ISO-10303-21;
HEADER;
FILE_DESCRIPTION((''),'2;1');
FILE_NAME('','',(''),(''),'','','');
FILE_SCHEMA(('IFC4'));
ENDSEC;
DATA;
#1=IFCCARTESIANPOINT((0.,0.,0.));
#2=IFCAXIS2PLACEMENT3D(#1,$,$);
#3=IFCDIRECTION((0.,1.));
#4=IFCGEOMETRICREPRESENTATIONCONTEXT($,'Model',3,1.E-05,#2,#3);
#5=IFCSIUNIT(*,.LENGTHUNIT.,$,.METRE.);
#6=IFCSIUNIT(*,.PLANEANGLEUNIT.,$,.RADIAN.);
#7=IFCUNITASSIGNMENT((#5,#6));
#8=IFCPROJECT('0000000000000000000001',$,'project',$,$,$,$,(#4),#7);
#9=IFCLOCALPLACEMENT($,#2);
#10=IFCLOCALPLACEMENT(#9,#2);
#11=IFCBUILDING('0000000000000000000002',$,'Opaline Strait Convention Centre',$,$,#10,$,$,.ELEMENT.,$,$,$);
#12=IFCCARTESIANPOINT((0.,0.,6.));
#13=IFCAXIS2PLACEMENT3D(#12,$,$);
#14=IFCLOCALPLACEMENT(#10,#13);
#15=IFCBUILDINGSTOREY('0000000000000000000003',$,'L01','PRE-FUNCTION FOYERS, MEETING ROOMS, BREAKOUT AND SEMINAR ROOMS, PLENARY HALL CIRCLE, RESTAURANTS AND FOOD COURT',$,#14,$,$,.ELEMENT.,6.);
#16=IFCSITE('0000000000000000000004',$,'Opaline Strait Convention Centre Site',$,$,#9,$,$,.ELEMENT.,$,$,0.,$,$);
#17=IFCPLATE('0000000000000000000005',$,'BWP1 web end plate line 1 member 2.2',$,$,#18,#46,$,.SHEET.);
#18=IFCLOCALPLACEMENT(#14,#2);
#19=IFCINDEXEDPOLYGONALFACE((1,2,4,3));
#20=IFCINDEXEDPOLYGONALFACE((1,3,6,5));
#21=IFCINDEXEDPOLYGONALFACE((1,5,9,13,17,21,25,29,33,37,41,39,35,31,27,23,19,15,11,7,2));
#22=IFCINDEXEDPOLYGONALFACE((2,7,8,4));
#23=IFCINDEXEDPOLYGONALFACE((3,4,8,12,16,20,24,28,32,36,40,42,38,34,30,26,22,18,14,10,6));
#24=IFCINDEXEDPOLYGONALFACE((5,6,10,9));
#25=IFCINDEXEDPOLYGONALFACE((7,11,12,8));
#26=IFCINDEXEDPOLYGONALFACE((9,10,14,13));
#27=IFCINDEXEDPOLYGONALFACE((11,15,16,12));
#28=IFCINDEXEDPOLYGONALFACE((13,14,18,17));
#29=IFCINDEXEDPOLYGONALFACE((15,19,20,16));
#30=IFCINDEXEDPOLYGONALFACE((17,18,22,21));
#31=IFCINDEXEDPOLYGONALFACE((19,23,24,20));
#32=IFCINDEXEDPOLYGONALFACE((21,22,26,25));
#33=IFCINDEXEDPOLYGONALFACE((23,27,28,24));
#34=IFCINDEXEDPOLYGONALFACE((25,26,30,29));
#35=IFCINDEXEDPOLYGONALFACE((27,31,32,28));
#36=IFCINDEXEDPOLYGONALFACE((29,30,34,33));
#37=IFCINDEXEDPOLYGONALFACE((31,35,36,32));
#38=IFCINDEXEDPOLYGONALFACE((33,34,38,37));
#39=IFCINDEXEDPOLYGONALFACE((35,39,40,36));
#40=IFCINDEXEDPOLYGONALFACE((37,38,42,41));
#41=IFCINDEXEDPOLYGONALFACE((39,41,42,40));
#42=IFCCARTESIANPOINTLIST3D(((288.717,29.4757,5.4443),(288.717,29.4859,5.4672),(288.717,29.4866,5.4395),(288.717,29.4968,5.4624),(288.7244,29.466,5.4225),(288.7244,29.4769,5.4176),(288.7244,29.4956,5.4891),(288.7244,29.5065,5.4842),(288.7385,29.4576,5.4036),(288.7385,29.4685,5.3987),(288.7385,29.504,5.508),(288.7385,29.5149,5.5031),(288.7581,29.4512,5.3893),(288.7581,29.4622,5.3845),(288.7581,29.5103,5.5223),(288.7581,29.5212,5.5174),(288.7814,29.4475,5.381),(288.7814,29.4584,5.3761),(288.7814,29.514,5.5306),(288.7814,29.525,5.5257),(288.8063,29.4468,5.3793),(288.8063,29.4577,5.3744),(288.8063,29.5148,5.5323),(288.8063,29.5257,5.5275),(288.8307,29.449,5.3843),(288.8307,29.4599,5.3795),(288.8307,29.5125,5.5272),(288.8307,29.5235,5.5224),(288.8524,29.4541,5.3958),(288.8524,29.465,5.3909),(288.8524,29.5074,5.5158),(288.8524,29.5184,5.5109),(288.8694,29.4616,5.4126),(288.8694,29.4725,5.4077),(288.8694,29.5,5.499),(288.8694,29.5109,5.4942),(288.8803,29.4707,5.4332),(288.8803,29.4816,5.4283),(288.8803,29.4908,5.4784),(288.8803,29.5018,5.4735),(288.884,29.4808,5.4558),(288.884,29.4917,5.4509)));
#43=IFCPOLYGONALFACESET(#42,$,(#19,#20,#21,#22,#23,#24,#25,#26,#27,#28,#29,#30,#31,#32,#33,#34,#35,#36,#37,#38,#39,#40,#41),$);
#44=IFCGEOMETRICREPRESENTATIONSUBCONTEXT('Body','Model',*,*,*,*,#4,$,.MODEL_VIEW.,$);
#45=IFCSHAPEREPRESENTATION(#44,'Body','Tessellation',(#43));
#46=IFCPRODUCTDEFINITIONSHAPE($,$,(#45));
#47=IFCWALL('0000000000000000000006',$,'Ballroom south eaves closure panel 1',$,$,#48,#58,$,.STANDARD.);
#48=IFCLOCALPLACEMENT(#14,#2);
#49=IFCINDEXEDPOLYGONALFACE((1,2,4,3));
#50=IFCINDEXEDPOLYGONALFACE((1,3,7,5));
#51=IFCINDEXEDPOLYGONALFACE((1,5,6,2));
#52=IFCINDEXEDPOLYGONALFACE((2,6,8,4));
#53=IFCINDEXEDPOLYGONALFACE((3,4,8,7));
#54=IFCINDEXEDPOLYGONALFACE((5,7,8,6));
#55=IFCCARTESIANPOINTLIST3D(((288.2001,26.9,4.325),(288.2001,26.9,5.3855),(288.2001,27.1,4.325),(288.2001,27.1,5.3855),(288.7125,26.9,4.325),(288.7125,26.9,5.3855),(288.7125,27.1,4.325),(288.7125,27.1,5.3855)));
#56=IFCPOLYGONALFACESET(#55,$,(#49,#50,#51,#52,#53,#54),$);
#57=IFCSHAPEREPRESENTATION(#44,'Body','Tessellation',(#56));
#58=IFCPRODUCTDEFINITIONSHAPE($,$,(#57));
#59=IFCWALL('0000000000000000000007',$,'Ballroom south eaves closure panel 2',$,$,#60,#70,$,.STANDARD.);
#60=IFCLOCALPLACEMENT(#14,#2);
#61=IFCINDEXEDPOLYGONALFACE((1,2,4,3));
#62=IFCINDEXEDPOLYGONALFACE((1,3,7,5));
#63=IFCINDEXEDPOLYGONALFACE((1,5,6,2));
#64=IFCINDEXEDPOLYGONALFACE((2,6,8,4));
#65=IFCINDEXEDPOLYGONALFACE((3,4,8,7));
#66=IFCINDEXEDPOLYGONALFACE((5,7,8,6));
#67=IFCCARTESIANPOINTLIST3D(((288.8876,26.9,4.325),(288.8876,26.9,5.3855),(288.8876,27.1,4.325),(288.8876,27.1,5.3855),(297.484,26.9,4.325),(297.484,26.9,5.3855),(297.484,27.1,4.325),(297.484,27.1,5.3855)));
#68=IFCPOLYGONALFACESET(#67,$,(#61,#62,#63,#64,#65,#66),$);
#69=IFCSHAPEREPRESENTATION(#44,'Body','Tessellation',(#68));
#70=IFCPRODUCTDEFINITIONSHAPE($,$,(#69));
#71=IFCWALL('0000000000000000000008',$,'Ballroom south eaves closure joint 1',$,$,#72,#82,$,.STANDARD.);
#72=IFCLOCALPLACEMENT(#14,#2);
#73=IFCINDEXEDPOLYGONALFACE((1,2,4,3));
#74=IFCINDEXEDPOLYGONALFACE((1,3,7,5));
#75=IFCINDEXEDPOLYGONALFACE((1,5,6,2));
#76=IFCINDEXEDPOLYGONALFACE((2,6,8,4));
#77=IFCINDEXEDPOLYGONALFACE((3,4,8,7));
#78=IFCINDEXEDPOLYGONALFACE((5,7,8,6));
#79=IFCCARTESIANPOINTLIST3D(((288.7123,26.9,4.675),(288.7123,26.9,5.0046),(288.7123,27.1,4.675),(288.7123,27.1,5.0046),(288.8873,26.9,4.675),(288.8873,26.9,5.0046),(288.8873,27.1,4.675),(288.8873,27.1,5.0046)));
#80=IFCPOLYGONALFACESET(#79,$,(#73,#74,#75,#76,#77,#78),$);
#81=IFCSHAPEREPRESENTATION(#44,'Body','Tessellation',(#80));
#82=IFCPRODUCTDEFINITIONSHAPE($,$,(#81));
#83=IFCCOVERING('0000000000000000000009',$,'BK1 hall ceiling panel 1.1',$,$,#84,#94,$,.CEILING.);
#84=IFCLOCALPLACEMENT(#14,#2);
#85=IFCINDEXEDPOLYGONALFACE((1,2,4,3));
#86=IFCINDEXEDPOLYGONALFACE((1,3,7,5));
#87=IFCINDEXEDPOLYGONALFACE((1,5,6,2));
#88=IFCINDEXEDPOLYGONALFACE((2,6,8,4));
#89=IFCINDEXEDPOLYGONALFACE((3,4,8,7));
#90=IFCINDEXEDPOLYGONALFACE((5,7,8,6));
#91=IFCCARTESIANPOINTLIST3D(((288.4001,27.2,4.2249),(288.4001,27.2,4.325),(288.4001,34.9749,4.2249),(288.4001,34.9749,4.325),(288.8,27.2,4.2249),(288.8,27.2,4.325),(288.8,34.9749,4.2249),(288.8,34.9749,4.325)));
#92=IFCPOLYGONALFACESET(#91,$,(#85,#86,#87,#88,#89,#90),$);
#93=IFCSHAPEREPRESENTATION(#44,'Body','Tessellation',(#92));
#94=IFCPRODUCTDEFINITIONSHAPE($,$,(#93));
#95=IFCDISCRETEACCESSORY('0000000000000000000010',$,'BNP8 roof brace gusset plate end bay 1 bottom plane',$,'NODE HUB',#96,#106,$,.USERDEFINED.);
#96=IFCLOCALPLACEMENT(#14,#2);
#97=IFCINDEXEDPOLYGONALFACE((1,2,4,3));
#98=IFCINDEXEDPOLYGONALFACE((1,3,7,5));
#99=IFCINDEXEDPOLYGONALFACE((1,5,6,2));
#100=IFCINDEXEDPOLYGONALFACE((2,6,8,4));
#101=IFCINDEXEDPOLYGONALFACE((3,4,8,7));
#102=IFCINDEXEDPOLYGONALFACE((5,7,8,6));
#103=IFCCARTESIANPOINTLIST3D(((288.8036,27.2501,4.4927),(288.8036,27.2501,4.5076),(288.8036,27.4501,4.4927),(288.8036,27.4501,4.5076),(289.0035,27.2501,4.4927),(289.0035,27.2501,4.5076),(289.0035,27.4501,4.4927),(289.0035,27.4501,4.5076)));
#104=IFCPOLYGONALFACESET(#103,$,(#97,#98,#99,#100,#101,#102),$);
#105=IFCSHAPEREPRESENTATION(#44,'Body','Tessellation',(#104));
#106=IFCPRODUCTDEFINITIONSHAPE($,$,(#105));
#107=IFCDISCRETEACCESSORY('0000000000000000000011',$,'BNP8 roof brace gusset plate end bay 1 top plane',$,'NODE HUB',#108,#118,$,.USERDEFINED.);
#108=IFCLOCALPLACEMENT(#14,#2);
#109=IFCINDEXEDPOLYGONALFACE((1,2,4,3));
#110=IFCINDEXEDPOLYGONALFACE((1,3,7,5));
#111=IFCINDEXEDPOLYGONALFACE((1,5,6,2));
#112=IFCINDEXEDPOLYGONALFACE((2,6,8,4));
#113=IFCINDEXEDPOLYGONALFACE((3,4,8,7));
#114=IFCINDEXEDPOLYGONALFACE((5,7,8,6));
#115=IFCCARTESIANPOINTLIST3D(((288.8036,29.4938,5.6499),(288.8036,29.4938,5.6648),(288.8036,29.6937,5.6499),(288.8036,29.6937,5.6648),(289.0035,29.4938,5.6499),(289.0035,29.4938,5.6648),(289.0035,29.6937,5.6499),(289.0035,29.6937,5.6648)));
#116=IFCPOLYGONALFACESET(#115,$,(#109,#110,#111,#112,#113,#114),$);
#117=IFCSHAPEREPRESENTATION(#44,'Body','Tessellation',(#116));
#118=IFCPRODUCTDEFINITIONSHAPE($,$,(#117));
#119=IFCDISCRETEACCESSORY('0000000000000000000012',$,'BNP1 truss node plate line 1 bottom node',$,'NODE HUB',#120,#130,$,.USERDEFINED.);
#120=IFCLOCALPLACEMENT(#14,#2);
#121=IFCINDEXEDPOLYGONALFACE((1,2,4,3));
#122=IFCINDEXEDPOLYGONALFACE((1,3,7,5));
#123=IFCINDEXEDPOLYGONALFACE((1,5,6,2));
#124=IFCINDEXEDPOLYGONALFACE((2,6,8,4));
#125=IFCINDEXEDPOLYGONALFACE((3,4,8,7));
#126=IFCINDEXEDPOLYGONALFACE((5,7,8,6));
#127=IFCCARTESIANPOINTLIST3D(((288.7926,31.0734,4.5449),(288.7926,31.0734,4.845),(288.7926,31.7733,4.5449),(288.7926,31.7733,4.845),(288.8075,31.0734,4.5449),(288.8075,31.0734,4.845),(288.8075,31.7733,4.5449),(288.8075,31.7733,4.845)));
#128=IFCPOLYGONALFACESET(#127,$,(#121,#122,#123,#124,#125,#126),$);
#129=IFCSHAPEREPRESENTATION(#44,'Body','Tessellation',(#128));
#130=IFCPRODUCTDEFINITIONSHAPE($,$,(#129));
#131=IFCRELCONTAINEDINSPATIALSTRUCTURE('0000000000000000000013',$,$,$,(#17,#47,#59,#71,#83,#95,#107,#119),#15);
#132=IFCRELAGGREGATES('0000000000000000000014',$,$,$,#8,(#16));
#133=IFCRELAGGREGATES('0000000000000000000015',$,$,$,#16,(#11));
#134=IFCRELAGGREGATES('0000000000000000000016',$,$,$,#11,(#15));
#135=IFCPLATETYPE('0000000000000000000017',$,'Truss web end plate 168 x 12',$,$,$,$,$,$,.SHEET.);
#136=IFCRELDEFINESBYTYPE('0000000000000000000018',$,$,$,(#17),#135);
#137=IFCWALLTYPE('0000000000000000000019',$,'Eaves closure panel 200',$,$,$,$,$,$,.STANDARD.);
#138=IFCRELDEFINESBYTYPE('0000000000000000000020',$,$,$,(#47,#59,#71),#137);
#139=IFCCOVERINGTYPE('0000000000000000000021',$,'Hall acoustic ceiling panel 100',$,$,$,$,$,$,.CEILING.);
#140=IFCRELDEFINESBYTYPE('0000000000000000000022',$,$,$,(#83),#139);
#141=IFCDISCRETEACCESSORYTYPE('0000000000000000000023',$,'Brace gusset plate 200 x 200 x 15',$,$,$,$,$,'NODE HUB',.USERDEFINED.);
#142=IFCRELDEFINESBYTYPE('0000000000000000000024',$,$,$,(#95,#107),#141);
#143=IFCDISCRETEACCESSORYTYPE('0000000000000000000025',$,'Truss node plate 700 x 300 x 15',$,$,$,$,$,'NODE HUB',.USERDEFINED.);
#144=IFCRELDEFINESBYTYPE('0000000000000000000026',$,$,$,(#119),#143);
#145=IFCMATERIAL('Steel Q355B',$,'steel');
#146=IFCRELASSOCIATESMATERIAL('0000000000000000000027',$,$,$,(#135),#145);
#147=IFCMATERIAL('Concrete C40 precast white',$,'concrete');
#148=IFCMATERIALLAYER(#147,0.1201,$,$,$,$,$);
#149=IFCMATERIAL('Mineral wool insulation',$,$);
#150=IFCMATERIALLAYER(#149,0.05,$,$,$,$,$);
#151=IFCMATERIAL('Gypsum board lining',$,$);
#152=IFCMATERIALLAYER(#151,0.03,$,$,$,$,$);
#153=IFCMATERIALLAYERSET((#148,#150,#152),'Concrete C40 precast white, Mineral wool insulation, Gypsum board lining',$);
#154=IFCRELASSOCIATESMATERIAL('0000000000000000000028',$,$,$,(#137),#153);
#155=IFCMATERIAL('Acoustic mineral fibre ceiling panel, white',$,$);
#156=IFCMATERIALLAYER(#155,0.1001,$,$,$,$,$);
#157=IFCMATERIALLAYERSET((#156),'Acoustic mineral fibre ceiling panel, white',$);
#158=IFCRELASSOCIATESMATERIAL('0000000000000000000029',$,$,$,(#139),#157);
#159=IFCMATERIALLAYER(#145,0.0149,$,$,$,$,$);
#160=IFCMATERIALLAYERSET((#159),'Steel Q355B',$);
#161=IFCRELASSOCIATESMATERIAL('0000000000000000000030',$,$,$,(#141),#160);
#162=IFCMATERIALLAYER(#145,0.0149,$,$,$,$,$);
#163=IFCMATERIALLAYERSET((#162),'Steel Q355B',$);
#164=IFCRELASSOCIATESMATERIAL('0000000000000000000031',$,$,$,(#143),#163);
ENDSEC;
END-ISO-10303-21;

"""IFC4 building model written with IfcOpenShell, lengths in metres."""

from ifc_helpers import new_model, si_unit, direction, frame, frame_2d, origin, origin_2d, place, context, subcontext, project, spatial, rectangle, circle, extrude, material, layer, layer_set, material_profile, profile_set, type_object, element, save


model = new_model("IFC4")

# Units and contexts
model_context = context("Model", 3, precision=1e-05, world=origin(), true_north=direction((0.0, 1.0)))
body_context = subcontext(model_context, "Body", "Model", "MODEL_VIEW")
ifc_project = project(units=[si_unit("LENGTHUNIT", "METRE"), si_unit("PLANEANGLEUNIT", "RADIAN")], contexts=[model_context])

# Site, building, storey
site_placement = place(None, origin())
site = spatial("IfcSite", under=ifc_project, at=site_placement, Name="Opaline Strait Convention Centre Site", CompositionType="ELEMENT", RefElevation=0.0)
building_placement = place(site_placement, origin())
building = spatial("IfcBuilding", under=site, at=building_placement, Name="Opaline Strait Convention Centre", CompositionType="ELEMENT")
storey_placement = place(building_placement, frame((0.0, 0.0, 6.0)))
storey = spatial("IfcBuildingStorey", under=building, at=storey_placement, Name="L01", Description="PRE-FUNCTION FOYERS, MEETING ROOMS, BREAKOUT AND SEMINAR ROOMS, PLENARY HALL CIRCLE, RESTAURANTS AND FOOD COURT", CompositionType="ELEMENT", Elevation=6.0)

# Shared definitions
ifc_material_1 = material(Name="Steel Q355B", Category="steel")

# Plate
ifc_material_profile_1 = material_profile(ifc_material_1, circle(Radius=0.084, at=origin_2d()), Name="D168")
ifc_profile_set_1 = profile_set([ifc_material_profile_1], Name="Steel Q355B")
plate_type = type_object("IfcPlateType", Name="Truss web end plate 168 x 12", PredefinedType="SHEET", material=ifc_profile_set_1)
for number, where, z_axis, x_axis, name in (
    (1, (288.8, 29.4917, 5.4509), (0.0, -0.913812, 0.406138), (1.0, 0.0, 0.0), "BWP1 web end plate line 1 member 2.2"),
):
    element("IfcPlate", number, at=place(storey_placement, frame(where, z_axis=z_axis, x_axis=x_axis)), inside=storey, type_object=plate_type, Name=name, PredefinedType="SHEET", context=body_context, shape_type="SweptSolid", body=[
        extrude(circle(Radius=0.084, at=origin_2d()), origin(), (0.0, 0.0, 1.0), 0.012),
    ])

# Walls
ifc_material_2 = material(Name="Concrete C40 precast white", Category="concrete")
ifc_layer_1 = layer(ifc_material_2, 0.1201)
ifc_material_3 = material(Name="Mineral wool insulation")
ifc_layer_2 = layer(ifc_material_3, 0.05)
ifc_material_4 = material(Name="Gypsum board lining")
ifc_layer_3 = layer(ifc_material_4, 0.03)
ifc_layer_set_1 = layer_set([ifc_layer_1, ifc_layer_2, ifc_layer_3], Name="Concrete C40 precast white, Mineral wool insulation, Gypsum board lining")
wall_type = type_object("IfcWallType", Name="Eaves closure panel 200", PredefinedType="STANDARD", material=ifc_layer_set_1)
wall_1_placement = place(storey_placement, frame((288.2, 27.0, 4.325), z_axis=(0.0, 0.0, 1.0), x_axis=(1.0, 0.0, 0.0)))
element("IfcWall", 2, at=wall_1_placement, inside=storey, type_object=wall_type, Name="Ballroom south eaves closure panel 1", PredefinedType="STANDARD", context=body_context, shape_type="SweptSolid", body=[
    extrude(rectangle(XDim=0.5125, YDim=0.2, at=frame_2d((0.2563, 0.0))), origin(), (0.0, 0.0, 1.0), 1.0605),
])
wall_2_placement = place(storey_placement, frame((288.8875, 27.0, 4.325), z_axis=(0.0, 0.0, 1.0), x_axis=(1.0, 0.0, 0.0)))
element("IfcWall", 3, at=wall_2_placement, inside=storey, type_object=wall_type, Name="Ballroom south eaves closure panel 2", PredefinedType="STANDARD", context=body_context, shape_type="SweptSolid", body=[
    extrude(rectangle(XDim=8.5964, YDim=0.2, at=frame_2d((4.2983, 0.0))), origin(), (0.0, 0.0, 1.0), 1.0605),
])
wall_3_placement = place(storey_placement, frame((288.7124, 27.0, 4.675), z_axis=(0.0, 0.0, 1.0), x_axis=(1.0, 0.0, 0.0)))
element("IfcWall", 4, at=wall_3_placement, inside=storey, type_object=wall_type, Name="Ballroom south eaves closure joint 1", PredefinedType="STANDARD", context=body_context, shape_type="SweptSolid", body=[
    extrude(rectangle(XDim=0.175, YDim=0.2, at=frame_2d((0.0874, 0.0))), origin(), (0.0, 0.0, 1.0), 0.3296),
])

# Covering
ifc_material_5 = material(Name="Acoustic mineral fibre ceiling panel, white")
ifc_layer_4 = layer(ifc_material_5, 0.1001)
ifc_layer_set_2 = layer_set([ifc_layer_4], Name="Acoustic mineral fibre ceiling panel, white")
covering_type = type_object("IfcCoveringType", Name="Hall acoustic ceiling panel 100", PredefinedType="CEILING", material=ifc_layer_set_2)
covering_placement = place(storey_placement, frame((288.6001, 31.0874, 4.2249), z_axis=(0.0, 0.0, 1.0), x_axis=(1.0, 0.0, 0.0)))
element("IfcCovering", 5, at=covering_placement, inside=storey, type_object=covering_type, Name="BK1 hall ceiling panel 1.1", PredefinedType="CEILING", context=body_context, shape_type="SweptSolid", body=[
    extrude(rectangle(XDim=0.3999, YDim=7.7749, at=origin_2d()), origin(), (0.0, 0.0, 1.0), 0.1001),
])

# Discrete accessories
ifc_layer_5 = layer(ifc_material_1, 0.0149)
ifc_layer_set_3 = layer_set([ifc_layer_5], Name="Steel Q355B")
discrete_accessory_type_1 = type_object("IfcDiscreteAccessoryType", Name="Brace gusset plate 200 x 200 x 15", ElementType="NODE HUB", PredefinedType="USERDEFINED", material=ifc_layer_set_3)
for number, where, z_axis, x_axis, name in (
    (6, (288.9036, 27.3501, 4.4927), (0.0, 0.0, 1.0), (1.0, 0.0, 0.0), "BNP8 roof brace gusset plate end bay 1 bottom plane"),
    (7, (288.9036, 29.5938, 5.6499), (0.0, 0.0, 1.0), (1.0, 0.0, 0.0), "BNP8 roof brace gusset plate end bay 1 top plane"),
):
    element("IfcDiscreteAccessory", number, at=place(storey_placement, frame(where, z_axis=z_axis, x_axis=x_axis)), inside=storey, type_object=discrete_accessory_type_1, Name=name, ObjectType="NODE HUB", PredefinedType="USERDEFINED", context=body_context, shape_type="SweptSolid", body=[
        extrude(rectangle(XDim=0.2, YDim=0.2, at=origin_2d()), origin(), (0.0, 0.0, 1.0), 0.0149),
    ])
ifc_layer_6 = layer(ifc_material_1, 0.0149)
ifc_layer_set_4 = layer_set([ifc_layer_6], Name="Steel Q355B")
discrete_accessory_type_2 = type_object("IfcDiscreteAccessoryType", Name="Truss node plate 700 x 300 x 15", ElementType="NODE HUB", PredefinedType="USERDEFINED", material=ifc_layer_set_4)
discrete_accessory_placement = place(storey_placement, frame((288.8, 31.4233, 4.5449), z_axis=(0.0, 0.0, 1.0), x_axis=(1.0, 0.0, 0.0)))
element("IfcDiscreteAccessory", 8, at=discrete_accessory_placement, inside=storey, type_object=discrete_accessory_type_2, Name="BNP1 truss node plate line 1 bottom node", ObjectType="NODE HUB", PredefinedType="USERDEFINED", context=body_context, shape_type="SweptSolid", body=[
    extrude(rectangle(XDim=0.0149, YDim=0.7, at=origin_2d()), origin(), (0.0, 0.0, 1.0), 0.3),
])

save(model, "model.ifc")
